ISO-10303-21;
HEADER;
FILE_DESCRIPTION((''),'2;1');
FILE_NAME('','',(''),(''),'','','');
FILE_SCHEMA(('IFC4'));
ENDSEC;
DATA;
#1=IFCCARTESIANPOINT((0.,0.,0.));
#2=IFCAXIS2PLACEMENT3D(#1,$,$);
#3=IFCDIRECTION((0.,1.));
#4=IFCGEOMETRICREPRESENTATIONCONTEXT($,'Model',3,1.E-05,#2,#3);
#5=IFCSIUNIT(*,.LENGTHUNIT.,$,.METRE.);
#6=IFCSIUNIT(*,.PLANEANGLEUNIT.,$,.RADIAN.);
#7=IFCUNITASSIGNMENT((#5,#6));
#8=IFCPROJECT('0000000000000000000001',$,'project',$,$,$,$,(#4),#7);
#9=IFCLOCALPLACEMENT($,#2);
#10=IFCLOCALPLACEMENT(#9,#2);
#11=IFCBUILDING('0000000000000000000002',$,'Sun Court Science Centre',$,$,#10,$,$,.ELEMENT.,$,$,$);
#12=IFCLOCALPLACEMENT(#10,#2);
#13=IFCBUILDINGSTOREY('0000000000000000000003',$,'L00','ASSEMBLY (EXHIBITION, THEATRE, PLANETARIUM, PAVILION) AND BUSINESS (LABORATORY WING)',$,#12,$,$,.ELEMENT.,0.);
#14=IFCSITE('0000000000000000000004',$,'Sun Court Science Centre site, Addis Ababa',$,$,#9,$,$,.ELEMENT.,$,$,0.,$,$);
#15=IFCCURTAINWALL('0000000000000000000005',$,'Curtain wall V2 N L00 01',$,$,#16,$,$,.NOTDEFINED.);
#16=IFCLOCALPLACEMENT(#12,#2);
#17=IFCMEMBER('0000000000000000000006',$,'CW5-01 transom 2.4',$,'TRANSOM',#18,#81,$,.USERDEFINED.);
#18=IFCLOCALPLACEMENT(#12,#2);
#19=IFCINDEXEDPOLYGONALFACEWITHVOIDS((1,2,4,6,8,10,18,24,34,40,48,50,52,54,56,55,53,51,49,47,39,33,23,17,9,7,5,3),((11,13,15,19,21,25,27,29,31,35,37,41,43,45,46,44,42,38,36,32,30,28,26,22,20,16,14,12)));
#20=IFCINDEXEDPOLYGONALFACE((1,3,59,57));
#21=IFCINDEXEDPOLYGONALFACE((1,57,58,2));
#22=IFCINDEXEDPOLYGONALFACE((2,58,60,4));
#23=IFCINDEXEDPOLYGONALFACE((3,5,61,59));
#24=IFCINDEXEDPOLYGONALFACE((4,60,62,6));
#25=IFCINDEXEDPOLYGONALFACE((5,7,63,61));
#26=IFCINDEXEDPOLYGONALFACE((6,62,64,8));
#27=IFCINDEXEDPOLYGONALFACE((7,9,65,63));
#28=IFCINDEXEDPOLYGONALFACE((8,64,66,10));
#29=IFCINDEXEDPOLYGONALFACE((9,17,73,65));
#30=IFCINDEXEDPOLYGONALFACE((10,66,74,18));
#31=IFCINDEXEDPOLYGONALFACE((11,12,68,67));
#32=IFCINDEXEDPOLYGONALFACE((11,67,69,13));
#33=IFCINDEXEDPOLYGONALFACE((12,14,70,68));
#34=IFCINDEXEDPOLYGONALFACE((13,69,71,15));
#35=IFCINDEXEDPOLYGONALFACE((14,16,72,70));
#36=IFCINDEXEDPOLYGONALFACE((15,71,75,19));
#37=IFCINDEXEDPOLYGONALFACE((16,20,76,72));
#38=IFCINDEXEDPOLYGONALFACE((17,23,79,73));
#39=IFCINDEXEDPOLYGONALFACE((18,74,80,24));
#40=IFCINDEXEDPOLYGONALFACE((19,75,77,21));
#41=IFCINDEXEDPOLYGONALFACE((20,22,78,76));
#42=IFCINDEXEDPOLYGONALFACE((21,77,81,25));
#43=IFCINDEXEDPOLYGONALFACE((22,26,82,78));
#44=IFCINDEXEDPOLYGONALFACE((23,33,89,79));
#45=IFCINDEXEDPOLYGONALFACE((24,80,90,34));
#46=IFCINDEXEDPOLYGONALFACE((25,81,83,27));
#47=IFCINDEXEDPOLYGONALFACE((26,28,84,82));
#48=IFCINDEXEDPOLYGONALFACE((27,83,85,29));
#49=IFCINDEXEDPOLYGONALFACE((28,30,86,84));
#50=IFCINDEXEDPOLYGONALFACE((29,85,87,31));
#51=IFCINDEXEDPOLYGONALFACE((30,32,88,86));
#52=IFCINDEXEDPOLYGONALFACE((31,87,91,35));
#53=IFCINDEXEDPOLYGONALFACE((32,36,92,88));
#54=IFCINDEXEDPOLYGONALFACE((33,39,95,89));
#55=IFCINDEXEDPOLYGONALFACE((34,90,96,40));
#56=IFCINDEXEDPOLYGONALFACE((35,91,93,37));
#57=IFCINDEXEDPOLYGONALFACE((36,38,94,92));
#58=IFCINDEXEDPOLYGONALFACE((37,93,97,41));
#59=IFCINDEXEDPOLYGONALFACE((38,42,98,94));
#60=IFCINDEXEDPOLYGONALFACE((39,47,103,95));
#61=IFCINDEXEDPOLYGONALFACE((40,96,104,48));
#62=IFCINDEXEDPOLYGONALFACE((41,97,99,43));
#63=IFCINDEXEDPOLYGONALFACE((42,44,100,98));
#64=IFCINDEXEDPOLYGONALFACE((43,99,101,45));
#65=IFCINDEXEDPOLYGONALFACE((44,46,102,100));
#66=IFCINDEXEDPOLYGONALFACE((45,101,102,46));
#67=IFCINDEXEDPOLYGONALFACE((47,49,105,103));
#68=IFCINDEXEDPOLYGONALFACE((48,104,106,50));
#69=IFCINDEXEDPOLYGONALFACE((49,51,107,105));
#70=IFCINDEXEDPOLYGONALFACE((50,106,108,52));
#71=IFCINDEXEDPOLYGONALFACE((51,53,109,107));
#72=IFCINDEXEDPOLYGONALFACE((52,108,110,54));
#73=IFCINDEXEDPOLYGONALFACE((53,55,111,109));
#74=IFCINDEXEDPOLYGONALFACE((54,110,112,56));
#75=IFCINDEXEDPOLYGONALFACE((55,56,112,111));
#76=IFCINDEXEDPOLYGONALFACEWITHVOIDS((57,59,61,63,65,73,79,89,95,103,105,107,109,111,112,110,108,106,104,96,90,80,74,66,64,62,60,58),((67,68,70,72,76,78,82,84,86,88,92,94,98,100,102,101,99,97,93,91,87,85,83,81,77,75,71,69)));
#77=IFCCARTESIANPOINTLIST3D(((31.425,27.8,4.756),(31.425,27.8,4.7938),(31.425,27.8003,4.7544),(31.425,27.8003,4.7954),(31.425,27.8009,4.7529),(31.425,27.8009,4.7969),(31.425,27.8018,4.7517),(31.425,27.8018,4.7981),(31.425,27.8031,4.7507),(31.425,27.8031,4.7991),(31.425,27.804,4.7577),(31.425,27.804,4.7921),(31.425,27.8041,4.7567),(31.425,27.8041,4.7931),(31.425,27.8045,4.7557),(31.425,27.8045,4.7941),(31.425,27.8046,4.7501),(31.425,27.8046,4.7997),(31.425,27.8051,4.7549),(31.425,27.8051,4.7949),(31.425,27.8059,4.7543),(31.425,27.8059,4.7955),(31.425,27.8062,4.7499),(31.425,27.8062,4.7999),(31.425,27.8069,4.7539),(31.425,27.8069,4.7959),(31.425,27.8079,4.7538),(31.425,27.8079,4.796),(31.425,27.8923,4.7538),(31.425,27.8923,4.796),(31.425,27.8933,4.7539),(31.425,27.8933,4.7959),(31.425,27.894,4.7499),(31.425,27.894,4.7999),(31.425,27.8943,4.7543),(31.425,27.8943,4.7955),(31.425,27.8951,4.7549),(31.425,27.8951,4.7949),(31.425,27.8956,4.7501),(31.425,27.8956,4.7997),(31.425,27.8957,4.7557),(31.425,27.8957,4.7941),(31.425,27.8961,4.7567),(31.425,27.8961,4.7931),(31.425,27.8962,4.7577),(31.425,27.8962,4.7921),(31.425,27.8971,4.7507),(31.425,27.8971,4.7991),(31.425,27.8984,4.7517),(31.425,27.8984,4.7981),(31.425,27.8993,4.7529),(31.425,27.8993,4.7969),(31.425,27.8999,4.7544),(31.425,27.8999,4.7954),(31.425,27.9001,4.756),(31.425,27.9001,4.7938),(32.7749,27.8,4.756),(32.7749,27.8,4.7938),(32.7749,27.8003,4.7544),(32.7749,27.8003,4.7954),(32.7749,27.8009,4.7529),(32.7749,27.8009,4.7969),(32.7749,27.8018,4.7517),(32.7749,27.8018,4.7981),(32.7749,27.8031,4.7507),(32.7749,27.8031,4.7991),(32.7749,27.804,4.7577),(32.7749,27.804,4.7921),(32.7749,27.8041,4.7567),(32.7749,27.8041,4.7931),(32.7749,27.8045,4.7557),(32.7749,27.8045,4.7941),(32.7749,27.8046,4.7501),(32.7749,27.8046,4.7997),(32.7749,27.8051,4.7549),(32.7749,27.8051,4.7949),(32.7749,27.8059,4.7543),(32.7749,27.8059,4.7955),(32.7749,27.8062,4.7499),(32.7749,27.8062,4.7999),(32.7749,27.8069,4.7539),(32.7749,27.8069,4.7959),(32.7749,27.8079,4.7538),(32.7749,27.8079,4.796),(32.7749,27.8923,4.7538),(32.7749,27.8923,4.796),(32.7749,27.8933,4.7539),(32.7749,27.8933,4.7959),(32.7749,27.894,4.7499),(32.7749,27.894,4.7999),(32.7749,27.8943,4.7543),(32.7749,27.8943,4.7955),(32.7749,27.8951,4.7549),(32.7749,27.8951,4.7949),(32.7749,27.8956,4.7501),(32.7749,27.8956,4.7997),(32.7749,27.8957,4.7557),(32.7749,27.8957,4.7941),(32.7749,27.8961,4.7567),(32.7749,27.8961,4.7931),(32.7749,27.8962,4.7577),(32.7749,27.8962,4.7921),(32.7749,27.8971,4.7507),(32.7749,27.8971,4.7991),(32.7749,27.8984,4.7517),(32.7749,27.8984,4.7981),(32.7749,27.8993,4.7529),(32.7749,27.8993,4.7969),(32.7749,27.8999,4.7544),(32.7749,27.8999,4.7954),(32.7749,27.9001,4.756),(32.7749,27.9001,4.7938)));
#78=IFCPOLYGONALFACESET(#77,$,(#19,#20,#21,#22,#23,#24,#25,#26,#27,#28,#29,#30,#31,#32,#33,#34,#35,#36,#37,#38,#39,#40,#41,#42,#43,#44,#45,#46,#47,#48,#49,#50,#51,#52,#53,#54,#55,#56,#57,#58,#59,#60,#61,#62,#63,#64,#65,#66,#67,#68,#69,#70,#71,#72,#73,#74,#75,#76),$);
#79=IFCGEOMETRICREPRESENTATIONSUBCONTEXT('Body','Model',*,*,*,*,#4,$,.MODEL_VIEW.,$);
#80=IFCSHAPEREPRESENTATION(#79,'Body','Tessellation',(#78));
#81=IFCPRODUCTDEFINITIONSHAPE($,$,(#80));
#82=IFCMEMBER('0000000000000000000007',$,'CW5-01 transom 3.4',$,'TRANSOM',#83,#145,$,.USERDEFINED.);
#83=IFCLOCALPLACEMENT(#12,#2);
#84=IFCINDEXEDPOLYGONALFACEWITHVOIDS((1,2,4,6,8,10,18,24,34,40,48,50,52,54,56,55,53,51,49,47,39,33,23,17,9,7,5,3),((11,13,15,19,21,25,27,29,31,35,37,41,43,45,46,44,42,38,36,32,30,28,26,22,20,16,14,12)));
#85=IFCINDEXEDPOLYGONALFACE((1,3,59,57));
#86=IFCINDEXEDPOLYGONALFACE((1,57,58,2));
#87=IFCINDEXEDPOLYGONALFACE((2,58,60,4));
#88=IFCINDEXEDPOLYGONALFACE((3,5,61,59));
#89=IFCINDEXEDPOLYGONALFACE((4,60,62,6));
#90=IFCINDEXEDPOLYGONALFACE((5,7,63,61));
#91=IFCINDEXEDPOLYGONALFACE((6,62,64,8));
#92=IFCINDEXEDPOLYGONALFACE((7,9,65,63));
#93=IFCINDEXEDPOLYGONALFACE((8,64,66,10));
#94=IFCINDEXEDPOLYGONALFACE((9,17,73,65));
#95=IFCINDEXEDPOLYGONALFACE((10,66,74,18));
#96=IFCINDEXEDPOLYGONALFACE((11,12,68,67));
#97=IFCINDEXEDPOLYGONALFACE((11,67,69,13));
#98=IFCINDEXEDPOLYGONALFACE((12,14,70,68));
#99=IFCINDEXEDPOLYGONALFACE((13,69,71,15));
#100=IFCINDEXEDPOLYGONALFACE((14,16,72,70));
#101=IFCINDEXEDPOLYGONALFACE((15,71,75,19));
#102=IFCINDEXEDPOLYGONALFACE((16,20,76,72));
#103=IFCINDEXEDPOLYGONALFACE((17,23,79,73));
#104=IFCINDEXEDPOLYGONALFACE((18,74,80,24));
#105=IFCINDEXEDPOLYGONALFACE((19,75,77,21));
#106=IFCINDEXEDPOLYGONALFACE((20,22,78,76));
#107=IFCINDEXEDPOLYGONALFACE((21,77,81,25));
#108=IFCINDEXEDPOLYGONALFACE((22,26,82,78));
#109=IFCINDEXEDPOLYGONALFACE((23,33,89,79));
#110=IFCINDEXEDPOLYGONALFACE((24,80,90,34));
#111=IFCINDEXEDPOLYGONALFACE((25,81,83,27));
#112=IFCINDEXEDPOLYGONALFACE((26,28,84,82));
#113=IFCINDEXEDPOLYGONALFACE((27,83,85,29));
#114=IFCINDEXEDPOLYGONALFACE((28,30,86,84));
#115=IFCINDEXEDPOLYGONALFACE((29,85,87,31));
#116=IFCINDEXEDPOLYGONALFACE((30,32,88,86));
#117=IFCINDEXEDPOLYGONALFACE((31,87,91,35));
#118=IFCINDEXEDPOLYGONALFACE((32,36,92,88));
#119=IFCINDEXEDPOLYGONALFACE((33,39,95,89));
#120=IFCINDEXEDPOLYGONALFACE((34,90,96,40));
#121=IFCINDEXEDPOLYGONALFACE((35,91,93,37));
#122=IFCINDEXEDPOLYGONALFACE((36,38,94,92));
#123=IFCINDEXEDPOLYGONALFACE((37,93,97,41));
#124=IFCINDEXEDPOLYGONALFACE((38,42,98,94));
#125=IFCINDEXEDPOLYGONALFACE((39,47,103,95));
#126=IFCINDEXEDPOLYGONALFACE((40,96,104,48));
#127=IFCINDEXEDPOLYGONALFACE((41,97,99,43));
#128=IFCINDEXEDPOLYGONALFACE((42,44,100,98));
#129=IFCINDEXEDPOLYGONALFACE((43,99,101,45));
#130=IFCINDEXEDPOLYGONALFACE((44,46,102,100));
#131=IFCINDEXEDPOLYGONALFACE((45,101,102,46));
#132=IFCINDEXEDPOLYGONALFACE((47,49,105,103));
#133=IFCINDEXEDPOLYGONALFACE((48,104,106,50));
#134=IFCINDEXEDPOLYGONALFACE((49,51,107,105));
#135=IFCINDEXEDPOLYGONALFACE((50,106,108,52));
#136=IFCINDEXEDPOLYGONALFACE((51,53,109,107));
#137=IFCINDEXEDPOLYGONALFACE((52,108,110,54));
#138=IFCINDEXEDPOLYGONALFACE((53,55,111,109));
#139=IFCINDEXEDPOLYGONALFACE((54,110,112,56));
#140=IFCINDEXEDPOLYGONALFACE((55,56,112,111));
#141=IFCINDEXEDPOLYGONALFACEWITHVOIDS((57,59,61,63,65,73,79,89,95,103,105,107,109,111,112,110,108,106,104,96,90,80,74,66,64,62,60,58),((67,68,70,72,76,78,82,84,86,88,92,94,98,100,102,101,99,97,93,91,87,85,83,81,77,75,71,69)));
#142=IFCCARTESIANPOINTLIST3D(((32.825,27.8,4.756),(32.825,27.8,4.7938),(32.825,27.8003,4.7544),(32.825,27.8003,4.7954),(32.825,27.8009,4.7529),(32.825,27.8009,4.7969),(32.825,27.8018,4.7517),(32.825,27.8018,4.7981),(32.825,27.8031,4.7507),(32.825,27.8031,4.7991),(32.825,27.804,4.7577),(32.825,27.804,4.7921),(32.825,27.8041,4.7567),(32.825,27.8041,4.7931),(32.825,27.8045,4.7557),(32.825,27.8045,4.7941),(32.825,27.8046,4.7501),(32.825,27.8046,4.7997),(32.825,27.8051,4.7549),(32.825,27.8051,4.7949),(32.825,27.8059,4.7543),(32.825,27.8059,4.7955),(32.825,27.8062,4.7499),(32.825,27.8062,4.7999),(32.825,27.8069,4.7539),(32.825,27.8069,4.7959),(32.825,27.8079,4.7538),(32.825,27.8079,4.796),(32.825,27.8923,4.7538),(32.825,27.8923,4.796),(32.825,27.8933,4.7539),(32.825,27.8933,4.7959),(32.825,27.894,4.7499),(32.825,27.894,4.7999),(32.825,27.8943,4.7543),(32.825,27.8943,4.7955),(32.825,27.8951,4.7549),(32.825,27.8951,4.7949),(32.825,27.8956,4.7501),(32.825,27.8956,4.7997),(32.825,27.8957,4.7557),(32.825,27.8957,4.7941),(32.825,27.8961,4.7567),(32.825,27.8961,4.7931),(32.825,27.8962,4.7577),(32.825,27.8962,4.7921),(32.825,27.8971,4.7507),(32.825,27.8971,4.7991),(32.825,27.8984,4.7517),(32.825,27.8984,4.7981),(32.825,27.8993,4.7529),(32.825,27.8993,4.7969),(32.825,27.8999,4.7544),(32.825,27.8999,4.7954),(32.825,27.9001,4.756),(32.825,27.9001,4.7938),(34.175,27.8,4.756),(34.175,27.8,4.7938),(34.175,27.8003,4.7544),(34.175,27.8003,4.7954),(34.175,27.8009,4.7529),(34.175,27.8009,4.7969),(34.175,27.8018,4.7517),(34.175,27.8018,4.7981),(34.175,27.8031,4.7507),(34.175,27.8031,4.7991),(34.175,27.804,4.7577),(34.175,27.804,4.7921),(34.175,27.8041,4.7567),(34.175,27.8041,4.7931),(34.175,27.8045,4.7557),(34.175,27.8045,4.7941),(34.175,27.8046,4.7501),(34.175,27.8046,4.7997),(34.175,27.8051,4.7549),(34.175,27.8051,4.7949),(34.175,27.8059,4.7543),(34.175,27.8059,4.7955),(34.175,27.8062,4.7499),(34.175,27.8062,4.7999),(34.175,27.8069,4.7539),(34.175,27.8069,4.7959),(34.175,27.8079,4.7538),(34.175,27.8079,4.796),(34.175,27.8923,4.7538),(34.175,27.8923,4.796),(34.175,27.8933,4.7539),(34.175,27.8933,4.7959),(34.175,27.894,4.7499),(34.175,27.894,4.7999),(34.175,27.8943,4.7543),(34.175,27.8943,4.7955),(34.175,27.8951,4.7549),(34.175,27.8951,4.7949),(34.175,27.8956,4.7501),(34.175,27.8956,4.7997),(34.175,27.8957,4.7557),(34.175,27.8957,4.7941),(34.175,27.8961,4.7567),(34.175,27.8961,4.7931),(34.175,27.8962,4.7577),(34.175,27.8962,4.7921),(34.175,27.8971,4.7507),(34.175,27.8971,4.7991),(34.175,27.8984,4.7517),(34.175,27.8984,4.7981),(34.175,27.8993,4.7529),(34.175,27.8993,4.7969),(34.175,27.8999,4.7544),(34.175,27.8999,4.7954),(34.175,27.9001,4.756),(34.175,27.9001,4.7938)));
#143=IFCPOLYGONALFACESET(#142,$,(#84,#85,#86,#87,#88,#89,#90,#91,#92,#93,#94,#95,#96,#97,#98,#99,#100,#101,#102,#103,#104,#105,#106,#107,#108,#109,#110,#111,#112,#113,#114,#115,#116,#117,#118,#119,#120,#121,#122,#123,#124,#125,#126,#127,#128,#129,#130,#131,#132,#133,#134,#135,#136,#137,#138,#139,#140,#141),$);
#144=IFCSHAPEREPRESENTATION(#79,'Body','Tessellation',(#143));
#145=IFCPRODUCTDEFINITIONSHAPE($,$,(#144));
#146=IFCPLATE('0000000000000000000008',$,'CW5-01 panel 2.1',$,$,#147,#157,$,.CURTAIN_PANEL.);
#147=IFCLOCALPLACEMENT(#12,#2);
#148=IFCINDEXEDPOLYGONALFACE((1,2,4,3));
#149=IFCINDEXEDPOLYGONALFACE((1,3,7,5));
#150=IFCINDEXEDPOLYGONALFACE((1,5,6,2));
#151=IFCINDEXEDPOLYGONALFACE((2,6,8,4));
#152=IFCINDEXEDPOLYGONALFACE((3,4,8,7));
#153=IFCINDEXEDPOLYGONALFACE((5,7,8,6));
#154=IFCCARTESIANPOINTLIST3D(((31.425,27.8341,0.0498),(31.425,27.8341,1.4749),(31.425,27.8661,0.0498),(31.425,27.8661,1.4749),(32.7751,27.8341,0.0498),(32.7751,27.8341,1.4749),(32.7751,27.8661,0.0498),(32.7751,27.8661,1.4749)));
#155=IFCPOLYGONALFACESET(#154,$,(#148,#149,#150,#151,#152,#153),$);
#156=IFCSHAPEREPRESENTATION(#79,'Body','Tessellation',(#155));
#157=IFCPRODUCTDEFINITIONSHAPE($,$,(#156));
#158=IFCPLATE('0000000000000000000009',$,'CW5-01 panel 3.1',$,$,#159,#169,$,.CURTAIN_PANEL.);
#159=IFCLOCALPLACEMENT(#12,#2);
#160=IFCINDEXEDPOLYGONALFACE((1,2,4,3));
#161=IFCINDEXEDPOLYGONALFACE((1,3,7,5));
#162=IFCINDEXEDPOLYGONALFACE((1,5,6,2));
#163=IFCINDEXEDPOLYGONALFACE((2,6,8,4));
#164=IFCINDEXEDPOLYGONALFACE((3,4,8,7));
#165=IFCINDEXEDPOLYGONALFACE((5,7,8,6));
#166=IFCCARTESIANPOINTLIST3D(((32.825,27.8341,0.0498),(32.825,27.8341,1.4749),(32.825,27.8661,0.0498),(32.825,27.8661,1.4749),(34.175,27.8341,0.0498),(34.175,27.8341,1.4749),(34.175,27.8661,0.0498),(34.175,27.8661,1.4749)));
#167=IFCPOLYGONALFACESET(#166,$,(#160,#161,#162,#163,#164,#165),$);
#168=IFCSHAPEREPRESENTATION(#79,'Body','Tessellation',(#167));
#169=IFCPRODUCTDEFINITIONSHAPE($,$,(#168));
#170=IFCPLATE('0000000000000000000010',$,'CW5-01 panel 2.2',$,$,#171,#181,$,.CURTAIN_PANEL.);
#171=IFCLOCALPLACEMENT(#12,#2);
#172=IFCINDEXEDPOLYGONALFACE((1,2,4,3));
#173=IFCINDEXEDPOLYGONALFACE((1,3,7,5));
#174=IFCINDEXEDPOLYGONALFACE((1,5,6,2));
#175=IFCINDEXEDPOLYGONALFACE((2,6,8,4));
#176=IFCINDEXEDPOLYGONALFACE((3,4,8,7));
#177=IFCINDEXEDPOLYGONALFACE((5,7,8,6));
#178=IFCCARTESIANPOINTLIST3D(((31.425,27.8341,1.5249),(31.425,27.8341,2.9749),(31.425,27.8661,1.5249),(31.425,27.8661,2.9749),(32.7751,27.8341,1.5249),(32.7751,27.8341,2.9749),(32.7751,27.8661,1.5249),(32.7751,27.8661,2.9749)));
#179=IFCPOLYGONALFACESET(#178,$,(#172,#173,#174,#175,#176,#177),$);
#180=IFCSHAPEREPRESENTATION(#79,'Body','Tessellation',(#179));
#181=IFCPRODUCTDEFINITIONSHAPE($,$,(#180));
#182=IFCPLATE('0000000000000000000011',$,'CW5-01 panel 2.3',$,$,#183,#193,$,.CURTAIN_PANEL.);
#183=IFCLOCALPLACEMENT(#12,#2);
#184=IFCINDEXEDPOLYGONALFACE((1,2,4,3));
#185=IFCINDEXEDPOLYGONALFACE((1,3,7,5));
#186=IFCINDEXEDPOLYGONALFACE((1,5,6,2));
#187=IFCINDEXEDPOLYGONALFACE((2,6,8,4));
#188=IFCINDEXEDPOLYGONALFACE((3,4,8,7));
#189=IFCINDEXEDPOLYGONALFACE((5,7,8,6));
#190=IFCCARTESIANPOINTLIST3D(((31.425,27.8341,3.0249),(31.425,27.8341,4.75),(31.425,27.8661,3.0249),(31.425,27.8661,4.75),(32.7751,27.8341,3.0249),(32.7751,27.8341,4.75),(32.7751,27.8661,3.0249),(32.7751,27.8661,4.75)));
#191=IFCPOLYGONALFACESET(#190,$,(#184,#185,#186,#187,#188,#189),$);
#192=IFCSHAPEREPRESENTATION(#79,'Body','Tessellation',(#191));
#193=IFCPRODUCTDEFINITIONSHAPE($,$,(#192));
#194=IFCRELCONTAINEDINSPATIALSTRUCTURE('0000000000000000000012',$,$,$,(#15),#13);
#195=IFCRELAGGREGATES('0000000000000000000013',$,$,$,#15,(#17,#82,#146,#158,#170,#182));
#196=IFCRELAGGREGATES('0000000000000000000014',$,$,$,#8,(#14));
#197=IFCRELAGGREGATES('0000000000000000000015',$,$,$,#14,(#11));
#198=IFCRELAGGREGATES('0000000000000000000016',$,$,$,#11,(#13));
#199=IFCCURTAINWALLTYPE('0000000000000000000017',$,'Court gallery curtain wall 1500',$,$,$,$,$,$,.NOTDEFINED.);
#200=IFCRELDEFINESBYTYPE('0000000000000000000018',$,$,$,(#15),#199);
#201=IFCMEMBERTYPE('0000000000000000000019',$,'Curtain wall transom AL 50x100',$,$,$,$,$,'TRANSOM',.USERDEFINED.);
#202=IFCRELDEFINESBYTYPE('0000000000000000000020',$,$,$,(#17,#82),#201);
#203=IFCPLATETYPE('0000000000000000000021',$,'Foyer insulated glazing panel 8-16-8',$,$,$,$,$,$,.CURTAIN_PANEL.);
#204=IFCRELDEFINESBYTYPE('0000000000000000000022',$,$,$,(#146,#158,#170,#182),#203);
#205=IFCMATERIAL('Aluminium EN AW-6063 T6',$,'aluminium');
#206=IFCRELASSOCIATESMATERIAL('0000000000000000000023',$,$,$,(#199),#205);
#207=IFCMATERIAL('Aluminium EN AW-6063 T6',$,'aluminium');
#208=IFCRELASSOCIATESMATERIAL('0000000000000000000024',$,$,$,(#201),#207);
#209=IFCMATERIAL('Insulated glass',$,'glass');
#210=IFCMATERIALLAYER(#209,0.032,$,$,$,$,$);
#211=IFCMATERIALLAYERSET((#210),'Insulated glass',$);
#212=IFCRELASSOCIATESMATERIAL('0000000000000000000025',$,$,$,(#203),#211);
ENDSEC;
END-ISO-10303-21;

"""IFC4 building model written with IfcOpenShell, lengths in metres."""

from ifc_helpers import new_model, si_unit, direction, frame, origin, origin_2d, place, context, subcontext, project, spatial, rectangle, hollow_rectangle, extrude, material, layer, layer_set, material_profile, profile_set, type_object, element, aggregate, save


model = new_model("IFC4")

# Units and contexts
model_context = context("Model", 3, precision=1e-05, world=origin(), true_north=direction((0.0, 1.0)))
body_context = subcontext(model_context, "Body", "Model", "MODEL_VIEW")
ifc_project = project(units=[si_unit("LENGTHUNIT", "METRE"), si_unit("PLANEANGLEUNIT", "RADIAN")], contexts=[model_context])

# Site, building, storey
site_placement = place(None, origin())
site = spatial("IfcSite", under=ifc_project, at=site_placement, Name="Sun Court Science Centre site, Addis Ababa", CompositionType="ELEMENT", RefElevation=0.0)
building_placement = place(site_placement, origin())
building = spatial("IfcBuilding", under=site, at=building_placement, Name="Sun Court Science Centre", CompositionType="ELEMENT")
storey_placement = place(building_placement, origin())
storey = spatial("IfcBuildingStorey", under=building, at=storey_placement, Name="L00", Description="ASSEMBLY (EXHIBITION, THEATRE, PLANETARIUM, PAVILION) AND BUSINESS (LABORATORY WING)", CompositionType="ELEMENT", Elevation=0.0)

# Curtain wall, members, plates
ifc_material_1 = material(Name="Aluminium EN AW-6063 T6", Category="aluminium")
curtain_wall_type = type_object("IfcCurtainWallType", Name="Court gallery curtain wall 1500", PredefinedType="NOTDEFINED", material=ifc_material_1)
curtain_wall_placement = place(storey_placement, origin())
curtain_wall = element("IfcCurtainWall", 1, at=curtain_wall_placement, inside=storey, type_object=curtain_wall_type, Name="Curtain wall V2 N L00 01", PredefinedType="NOTDEFINED")
ifc_material_2 = material(Name="Aluminium EN AW-6063 T6", Category="aluminium")
ifc_material_profile_1 = material_profile(ifc_material_2, hollow_rectangle(XDim=0.05, YDim=0.1001, WallThickness=0.0039, InnerFilletRadius=0.0039, OuterFilletRadius=0.0061, at=origin_2d()), Name="AL 50x100x4")
ifc_profile_set_1 = profile_set([ifc_material_profile_1], Name="Aluminium EN AW-6063 T6")
member_type_1 = type_object("IfcMemberType", Name="Curtain wall transom AL 50x100", ElementType="TRANSOM", PredefinedType="USERDEFINED", material=ifc_profile_set_1)
member_1_placement = place(storey_placement, frame((31.425, 27.8501, 4.7749), z_axis=(1.0, 0.0, 0.0), x_axis=(0.0, 0.0, 1.0)))
member_1 = element("IfcMember", 2, at=member_1_placement, type_object=member_type_1, Name="CW5-01 transom 2.4", ObjectType="TRANSOM", PredefinedType="USERDEFINED", context=body_context, shape_type="SweptSolid", body=[
    extrude(hollow_rectangle(XDim=0.05, YDim=0.1001, WallThickness=0.0039, InnerFilletRadius=0.0039, OuterFilletRadius=0.0061, at=origin_2d()), origin(), (0.0, 0.0, 1.0), 1.3499),
])
member_2_placement = place(storey_placement, frame((32.825, 27.8501, 4.7749), z_axis=(1.0, 0.0, 0.0), x_axis=(0.0, 0.0, 1.0)))
member_2 = element("IfcMember", 3, at=member_2_placement, type_object=member_type_1, Name="CW5-01 transom 3.4", ObjectType="TRANSOM", PredefinedType="USERDEFINED", context=body_context, shape_type="SweptSolid", body=[
    extrude(hollow_rectangle(XDim=0.05, YDim=0.1001, WallThickness=0.0039, InnerFilletRadius=0.0039, OuterFilletRadius=0.0061, at=origin_2d()), origin(), (0.0, 0.0, 1.0), 1.3501),
])
ifc_material_3 = material(Name="Insulated glass", Category="glass")
ifc_layer_1 = layer(ifc_material_3, 0.032)
ifc_layer_set_1 = layer_set([ifc_layer_1], Name="Insulated glass")
plate_type = type_object("IfcPlateType", Name="Foyer insulated glazing panel 8-16-8", PredefinedType="CURTAIN_PANEL", material=ifc_layer_set_1)
plate_1_placement = place(storey_placement, frame((32.1001, 27.8501, 0.0498), z_axis=(0.0, 0.0, 1.0), x_axis=(1.0, 0.0, 0.0)))
plate_1 = element("IfcPlate", 4, at=plate_1_placement, type_object=plate_type, Name="CW5-01 panel 2.1", PredefinedType="CURTAIN_PANEL", context=body_context, shape_type="SweptSolid", body=[
    extrude(rectangle(XDim=1.3501, YDim=0.032, at=origin_2d()), origin(), (0.0, 0.0, 1.0), 1.425),
])
plate_2_placement = place(storey_placement, frame((33.5, 27.8501, 0.0498), z_axis=(0.0, 0.0, 1.0), x_axis=(1.0, 0.0, 0.0)))
plate_2 = element("IfcPlate", 5, at=plate_2_placement, type_object=plate_type, Name="CW5-01 panel 3.1", PredefinedType="CURTAIN_PANEL", context=body_context, shape_type="SweptSolid", body=[
    extrude(rectangle(XDim=1.3501, YDim=0.032, at=origin_2d()), origin(), (0.0, 0.0, 1.0), 1.425),
])
plate_3_placement = place(storey_placement, frame((32.1001, 27.8501, 1.5249), z_axis=(0.0, 0.0, 1.0), x_axis=(1.0, 0.0, 0.0)))
plate_3 = element("IfcPlate", 6, at=plate_3_placement, type_object=plate_type, Name="CW5-01 panel 2.2", PredefinedType="CURTAIN_PANEL", context=body_context, shape_type="SweptSolid", body=[
    extrude(rectangle(XDim=1.3501, YDim=0.032, at=origin_2d()), origin(), (0.0, 0.0, 1.0), 1.45),
])
plate_4_placement = place(storey_placement, frame((32.1001, 27.8501, 3.0249), z_axis=(0.0, 0.0, 1.0), x_axis=(1.0, 0.0, 0.0)))
plate_4 = element("IfcPlate", 7, at=plate_4_placement, type_object=plate_type, Name="CW5-01 panel 2.3", PredefinedType="CURTAIN_PANEL", context=body_context, shape_type="SweptSolid", body=[
    extrude(rectangle(XDim=1.3501, YDim=0.032, at=origin_2d()), origin(), (0.0, 0.0, 1.0), 1.7251),
])
aggregate(curtain_wall, [member_1, member_2, plate_1, plate_2, plate_3, plate_4])

save(model, "model.ifc")
